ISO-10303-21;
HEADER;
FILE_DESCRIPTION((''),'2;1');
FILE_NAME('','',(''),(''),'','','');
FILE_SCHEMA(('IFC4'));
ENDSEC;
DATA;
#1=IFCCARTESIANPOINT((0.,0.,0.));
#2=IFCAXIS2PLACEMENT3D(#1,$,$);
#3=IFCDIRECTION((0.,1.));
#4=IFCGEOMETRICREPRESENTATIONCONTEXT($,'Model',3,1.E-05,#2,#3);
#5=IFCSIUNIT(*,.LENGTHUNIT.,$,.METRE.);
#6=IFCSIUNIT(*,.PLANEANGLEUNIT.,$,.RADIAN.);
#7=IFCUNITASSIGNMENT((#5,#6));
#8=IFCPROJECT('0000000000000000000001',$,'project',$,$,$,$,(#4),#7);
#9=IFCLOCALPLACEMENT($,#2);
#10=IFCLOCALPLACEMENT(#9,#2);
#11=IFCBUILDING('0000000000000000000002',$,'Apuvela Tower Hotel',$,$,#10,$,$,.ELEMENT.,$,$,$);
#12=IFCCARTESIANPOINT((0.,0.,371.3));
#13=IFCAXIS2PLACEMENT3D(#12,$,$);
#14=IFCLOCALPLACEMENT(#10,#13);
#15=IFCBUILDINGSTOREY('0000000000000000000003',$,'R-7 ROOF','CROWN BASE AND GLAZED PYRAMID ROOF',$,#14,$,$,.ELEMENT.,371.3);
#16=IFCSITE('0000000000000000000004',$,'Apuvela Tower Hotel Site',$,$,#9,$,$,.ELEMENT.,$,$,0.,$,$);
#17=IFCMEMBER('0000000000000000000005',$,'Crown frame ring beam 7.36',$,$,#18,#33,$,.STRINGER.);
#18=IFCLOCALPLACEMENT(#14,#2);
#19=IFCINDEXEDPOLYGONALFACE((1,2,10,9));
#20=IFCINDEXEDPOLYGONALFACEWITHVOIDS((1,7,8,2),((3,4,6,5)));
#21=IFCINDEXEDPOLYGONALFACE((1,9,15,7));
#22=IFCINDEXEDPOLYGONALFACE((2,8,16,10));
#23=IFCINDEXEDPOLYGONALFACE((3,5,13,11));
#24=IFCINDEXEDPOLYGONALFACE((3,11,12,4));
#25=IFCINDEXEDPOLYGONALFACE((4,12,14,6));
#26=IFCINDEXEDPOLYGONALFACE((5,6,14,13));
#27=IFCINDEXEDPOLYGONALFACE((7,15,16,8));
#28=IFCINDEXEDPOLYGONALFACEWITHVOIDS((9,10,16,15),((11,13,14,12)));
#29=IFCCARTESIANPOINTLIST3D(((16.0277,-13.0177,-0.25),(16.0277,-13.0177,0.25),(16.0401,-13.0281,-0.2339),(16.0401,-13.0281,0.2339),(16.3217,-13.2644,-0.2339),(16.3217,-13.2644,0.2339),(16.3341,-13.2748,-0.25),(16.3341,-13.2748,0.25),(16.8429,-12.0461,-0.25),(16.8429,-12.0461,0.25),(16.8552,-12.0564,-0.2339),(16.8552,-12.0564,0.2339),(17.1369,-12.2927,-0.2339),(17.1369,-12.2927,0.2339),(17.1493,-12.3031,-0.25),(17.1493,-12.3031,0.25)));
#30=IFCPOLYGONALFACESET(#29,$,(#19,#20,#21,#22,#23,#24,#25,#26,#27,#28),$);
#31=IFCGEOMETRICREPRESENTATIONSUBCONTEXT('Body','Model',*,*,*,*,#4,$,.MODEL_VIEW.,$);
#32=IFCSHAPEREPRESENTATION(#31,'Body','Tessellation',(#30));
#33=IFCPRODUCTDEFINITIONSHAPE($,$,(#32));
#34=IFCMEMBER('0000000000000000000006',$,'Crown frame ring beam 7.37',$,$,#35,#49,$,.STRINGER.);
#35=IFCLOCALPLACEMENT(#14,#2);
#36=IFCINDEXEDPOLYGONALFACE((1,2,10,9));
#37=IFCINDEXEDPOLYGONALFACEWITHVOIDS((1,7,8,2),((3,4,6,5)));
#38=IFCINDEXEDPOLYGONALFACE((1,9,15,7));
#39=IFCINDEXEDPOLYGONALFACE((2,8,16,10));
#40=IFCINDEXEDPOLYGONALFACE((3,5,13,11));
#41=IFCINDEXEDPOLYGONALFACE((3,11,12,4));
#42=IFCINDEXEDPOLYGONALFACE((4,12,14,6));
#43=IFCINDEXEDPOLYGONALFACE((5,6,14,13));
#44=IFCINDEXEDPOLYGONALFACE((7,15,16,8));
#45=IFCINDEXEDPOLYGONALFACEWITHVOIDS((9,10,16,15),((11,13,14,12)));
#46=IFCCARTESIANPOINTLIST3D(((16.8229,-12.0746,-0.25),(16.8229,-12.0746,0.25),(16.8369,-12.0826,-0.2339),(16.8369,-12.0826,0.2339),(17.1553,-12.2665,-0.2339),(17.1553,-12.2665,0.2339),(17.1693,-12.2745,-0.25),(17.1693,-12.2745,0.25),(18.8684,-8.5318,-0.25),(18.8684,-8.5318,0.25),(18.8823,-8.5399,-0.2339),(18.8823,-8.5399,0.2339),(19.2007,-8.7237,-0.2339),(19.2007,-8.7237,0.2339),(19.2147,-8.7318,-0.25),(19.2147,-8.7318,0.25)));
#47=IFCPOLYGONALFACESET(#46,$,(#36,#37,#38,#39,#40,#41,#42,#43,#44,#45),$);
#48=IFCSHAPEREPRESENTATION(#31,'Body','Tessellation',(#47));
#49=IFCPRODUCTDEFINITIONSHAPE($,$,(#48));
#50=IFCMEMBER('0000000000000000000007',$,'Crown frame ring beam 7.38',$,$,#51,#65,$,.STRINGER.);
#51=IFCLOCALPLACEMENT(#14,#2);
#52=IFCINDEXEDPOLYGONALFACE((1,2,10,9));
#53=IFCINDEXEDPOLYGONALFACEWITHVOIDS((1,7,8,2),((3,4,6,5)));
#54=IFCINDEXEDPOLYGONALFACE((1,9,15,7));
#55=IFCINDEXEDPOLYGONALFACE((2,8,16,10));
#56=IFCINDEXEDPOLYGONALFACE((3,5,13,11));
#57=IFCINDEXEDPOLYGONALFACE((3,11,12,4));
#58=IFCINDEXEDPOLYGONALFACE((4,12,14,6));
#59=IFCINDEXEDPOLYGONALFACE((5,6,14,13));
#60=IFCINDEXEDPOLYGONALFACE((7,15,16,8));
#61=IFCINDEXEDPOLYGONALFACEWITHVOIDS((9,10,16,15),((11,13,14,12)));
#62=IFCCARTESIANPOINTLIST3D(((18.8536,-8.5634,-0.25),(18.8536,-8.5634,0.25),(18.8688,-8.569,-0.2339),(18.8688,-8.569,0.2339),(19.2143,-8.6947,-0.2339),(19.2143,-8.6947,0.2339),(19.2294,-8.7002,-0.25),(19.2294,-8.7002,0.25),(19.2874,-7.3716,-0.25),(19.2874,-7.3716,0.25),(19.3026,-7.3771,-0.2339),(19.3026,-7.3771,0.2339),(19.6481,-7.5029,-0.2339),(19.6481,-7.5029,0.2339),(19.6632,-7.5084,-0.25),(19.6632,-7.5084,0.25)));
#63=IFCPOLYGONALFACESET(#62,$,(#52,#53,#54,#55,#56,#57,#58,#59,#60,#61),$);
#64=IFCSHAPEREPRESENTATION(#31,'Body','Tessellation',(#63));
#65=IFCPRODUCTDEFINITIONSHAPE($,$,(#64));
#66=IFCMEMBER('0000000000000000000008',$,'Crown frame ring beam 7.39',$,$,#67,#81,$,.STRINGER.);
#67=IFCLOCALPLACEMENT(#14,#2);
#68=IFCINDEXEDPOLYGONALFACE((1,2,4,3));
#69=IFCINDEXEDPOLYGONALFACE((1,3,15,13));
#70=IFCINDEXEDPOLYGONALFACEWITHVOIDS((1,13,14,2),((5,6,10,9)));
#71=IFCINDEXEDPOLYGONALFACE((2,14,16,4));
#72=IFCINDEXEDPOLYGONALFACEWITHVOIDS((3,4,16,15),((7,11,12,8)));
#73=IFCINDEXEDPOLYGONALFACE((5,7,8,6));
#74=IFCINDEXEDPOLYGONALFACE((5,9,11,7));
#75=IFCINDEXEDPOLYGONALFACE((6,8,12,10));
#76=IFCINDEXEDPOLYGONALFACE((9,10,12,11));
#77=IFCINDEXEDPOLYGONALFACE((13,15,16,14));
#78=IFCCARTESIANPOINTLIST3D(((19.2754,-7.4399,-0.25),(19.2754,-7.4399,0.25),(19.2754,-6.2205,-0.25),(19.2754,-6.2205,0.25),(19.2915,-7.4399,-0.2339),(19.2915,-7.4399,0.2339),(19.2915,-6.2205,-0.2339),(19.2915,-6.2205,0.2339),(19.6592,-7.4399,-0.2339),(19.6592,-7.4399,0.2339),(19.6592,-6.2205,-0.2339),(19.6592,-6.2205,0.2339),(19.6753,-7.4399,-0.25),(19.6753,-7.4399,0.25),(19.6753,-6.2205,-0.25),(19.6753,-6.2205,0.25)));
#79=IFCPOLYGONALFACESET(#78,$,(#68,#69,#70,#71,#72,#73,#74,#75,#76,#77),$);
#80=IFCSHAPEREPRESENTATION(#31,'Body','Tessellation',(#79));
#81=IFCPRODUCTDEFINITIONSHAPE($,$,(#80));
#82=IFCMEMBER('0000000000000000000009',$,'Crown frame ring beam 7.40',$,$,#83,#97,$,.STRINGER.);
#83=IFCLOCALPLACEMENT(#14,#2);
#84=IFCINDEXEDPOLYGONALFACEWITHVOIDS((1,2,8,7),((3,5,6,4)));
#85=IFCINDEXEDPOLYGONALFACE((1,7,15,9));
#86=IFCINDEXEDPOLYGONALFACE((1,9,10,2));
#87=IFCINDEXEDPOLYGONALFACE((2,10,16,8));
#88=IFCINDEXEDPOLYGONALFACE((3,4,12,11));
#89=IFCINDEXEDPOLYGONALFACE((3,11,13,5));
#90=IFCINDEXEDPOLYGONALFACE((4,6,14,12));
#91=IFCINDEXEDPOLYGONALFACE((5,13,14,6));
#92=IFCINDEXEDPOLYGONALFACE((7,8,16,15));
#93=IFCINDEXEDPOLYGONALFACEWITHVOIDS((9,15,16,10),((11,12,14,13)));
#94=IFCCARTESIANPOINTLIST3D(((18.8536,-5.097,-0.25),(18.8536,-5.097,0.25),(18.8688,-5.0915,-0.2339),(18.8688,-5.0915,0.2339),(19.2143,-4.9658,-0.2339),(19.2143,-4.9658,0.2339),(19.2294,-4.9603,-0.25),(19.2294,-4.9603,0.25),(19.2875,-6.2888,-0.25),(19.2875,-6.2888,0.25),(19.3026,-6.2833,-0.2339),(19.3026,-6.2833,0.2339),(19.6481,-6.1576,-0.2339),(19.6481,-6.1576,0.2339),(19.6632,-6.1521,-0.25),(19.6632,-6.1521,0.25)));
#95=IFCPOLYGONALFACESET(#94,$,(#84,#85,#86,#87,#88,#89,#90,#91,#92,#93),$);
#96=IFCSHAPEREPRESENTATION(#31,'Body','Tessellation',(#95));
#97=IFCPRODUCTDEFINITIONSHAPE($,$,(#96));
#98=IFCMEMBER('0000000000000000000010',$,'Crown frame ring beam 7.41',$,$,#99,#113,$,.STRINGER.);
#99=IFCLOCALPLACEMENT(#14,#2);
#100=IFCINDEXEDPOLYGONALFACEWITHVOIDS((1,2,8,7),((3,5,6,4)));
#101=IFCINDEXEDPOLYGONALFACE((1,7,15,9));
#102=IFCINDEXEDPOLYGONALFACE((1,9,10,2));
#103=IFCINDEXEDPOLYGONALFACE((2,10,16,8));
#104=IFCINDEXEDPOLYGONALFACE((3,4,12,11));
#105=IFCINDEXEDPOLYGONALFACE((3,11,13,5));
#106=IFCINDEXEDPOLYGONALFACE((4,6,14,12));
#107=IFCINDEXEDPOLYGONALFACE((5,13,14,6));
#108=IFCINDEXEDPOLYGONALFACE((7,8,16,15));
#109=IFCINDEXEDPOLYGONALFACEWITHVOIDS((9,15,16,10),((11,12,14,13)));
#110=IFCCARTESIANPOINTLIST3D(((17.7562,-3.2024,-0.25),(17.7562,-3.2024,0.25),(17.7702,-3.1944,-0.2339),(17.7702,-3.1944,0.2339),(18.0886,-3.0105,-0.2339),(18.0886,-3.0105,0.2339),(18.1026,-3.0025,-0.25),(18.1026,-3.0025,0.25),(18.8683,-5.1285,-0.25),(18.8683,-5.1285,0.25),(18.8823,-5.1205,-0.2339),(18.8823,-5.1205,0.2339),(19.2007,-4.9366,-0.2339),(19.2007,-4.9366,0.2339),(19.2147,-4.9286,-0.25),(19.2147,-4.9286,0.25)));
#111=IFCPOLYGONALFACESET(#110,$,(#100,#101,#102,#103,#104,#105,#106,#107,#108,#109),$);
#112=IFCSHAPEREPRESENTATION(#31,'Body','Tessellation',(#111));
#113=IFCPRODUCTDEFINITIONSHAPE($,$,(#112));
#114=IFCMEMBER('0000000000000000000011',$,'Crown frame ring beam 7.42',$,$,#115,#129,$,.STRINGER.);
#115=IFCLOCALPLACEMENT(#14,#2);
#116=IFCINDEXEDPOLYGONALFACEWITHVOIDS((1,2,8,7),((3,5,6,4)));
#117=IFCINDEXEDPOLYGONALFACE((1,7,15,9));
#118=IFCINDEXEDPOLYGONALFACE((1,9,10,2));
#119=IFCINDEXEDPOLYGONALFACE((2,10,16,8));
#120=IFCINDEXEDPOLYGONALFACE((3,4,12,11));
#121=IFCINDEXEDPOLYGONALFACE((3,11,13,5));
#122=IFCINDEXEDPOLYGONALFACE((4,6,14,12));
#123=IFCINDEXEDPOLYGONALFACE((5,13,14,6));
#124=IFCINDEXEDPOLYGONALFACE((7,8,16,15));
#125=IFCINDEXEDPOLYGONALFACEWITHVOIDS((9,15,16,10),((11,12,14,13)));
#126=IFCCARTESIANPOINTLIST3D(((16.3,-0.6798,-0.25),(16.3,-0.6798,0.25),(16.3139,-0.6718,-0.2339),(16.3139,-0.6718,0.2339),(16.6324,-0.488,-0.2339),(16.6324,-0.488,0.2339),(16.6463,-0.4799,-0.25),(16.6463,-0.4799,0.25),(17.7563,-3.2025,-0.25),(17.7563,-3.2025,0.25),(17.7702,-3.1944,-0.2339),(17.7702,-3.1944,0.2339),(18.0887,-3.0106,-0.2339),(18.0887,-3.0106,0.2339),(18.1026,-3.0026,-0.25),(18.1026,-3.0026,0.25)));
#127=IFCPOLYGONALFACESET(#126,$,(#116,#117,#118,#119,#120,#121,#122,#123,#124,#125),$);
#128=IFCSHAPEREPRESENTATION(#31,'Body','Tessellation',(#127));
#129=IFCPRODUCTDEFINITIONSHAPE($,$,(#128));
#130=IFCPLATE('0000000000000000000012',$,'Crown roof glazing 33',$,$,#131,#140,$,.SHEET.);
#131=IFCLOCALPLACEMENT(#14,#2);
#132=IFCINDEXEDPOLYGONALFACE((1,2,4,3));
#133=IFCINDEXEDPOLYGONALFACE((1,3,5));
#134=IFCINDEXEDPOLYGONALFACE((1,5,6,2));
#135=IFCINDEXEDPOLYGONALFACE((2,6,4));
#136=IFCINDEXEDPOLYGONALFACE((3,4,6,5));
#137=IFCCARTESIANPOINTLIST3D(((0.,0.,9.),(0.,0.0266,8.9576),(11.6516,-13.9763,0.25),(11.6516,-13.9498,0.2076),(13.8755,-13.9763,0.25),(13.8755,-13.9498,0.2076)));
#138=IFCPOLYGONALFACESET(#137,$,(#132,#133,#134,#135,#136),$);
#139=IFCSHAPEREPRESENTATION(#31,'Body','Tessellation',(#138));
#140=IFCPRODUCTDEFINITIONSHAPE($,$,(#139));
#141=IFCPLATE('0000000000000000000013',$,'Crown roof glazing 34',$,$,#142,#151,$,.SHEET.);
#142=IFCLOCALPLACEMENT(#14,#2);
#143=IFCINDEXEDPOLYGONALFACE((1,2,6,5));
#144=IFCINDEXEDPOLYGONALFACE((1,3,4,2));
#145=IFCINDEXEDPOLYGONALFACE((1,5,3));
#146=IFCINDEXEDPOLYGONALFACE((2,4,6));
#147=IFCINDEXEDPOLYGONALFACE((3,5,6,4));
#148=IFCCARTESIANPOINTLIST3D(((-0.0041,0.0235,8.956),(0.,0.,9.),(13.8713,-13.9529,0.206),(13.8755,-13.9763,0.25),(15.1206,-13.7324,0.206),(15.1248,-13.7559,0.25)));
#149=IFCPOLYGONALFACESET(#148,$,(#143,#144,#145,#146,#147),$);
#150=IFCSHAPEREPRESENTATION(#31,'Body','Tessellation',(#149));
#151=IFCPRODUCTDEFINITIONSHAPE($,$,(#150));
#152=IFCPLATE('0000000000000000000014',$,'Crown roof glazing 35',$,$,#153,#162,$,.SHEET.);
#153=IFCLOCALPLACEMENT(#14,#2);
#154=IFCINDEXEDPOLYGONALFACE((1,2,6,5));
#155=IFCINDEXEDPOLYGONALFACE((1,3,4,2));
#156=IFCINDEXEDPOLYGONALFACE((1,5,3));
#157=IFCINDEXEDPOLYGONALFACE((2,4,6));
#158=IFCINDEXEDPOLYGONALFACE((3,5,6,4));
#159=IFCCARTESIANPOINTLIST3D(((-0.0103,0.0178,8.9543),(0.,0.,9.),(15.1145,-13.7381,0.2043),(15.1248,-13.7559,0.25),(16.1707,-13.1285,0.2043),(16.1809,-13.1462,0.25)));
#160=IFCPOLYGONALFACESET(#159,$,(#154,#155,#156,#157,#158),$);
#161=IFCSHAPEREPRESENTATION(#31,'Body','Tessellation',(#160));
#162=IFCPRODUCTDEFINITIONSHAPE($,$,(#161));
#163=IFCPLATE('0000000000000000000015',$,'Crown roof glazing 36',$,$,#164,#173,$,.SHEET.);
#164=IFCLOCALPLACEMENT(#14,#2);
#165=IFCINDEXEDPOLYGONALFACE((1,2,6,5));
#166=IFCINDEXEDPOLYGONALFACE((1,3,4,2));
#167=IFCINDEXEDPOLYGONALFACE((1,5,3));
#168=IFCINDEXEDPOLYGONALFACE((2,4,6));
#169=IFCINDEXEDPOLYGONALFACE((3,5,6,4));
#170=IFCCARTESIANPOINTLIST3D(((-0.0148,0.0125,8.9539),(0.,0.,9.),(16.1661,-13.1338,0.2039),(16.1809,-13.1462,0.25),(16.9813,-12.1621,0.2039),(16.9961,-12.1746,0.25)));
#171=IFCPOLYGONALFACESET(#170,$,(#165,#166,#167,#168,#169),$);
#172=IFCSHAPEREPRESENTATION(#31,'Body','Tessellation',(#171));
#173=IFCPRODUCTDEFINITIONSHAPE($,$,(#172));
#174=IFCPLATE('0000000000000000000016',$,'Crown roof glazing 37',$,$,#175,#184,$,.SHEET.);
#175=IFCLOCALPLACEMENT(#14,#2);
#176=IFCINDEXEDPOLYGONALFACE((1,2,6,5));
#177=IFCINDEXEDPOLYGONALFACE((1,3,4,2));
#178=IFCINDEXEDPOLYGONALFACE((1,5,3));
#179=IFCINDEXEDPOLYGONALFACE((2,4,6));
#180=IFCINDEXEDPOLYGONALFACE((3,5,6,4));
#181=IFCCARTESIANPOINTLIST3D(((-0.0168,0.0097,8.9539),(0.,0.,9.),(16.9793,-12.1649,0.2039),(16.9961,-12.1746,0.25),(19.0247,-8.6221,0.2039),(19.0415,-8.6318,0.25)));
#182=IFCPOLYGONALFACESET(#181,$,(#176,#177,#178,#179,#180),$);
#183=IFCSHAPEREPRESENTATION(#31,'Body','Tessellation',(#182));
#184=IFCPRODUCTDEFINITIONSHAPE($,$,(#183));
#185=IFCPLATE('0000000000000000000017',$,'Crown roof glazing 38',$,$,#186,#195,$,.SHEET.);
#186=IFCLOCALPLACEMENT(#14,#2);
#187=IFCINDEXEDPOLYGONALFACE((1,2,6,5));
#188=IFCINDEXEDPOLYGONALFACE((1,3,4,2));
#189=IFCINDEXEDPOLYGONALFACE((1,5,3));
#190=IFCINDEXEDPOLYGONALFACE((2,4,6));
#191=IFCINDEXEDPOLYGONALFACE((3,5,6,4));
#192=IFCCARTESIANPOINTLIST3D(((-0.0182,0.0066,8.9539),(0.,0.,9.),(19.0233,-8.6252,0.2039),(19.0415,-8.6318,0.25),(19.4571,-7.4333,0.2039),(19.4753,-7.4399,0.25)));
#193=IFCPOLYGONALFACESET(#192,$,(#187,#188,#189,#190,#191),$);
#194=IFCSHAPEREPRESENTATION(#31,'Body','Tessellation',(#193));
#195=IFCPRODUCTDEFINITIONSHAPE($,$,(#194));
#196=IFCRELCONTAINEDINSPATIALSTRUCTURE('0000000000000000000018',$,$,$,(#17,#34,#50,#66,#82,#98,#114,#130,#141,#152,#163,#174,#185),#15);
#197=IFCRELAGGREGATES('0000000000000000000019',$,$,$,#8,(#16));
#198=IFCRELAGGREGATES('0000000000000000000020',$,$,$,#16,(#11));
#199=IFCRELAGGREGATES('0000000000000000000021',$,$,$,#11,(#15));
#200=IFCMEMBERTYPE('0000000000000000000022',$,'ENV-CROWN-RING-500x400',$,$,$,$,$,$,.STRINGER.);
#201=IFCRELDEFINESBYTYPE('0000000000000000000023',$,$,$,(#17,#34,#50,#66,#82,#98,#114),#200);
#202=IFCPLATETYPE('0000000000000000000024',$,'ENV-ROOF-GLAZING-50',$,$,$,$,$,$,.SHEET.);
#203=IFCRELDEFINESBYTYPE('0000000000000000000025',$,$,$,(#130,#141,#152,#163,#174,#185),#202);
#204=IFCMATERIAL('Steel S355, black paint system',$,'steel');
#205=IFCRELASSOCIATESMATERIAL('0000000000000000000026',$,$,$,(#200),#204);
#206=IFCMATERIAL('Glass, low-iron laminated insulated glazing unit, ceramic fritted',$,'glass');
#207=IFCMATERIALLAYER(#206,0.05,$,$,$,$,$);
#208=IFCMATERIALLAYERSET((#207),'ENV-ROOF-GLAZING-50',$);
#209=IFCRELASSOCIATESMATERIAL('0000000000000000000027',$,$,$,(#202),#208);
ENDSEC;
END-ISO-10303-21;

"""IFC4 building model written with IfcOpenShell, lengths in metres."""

from ifc_helpers import new_model, si_unit, direction, frame, origin, origin_2d, place, context, subcontext, project, spatial, polyline, hollow_rectangle, outline, extrude, material, layer, layer_set, material_profile, profile_set, type_object, element, save


model = new_model("IFC4")

# Units and contexts
model_context = context("Model", 3, precision=1e-05, world=origin(), true_north=direction((0.0, 1.0)))
body_context = subcontext(model_context, "Body", "Model", "MODEL_VIEW")
ifc_project = project(units=[si_unit("LENGTHUNIT", "METRE"), si_unit("PLANEANGLEUNIT", "RADIAN")], contexts=[model_context])

# Site, building, storey
site_placement = place(None, origin())
site = spatial("IfcSite", under=ifc_project, at=site_placement, Name="Apuvela Tower Hotel Site", CompositionType="ELEMENT", RefElevation=0.0)
building_placement = place(site_placement, origin())
building = spatial("IfcBuilding", under=site, at=building_placement, Name="Apuvela Tower Hotel", CompositionType="ELEMENT")
storey_placement = place(building_placement, frame((0.0, 0.0, 371.3)))
storey = spatial("IfcBuildingStorey", under=building, at=storey_placement, Name="R-7 ROOF", Description="CROWN BASE AND GLAZED PYRAMID ROOF", CompositionType="ELEMENT", Elevation=371.3)

# Members
ifc_material_1 = material(Name="Steel S355, black paint system", Category="steel")
ifc_material_profile_1 = material_profile(ifc_material_1, hollow_rectangle(XDim=0.3999, YDim=0.5, WallThickness=0.0161, at=origin_2d()), Name="HSS 500x400x16")
ifc_profile_set_1 = profile_set([ifc_material_profile_1], Name="Steel S355, black paint system")
member_type_1 = type_object("IfcMemberType", Name="ENV-CROWN-RING-500x400", PredefinedType="STRINGER", material=ifc_profile_set_1)
member_1_placement = place(storey_placement, frame((16.1809, -13.1462, 0.0), z_axis=(0.642718, 0.766103, 0.0), x_axis=(-0.766103, 0.642718, 0.0)))
element("IfcMember", 1, at=member_1_placement, inside=storey, type_object=member_type_1, Name="Crown frame ring beam 7.36", PredefinedType="STRINGER", context=body_context, shape_type="SweptSolid", body=[
    extrude(hollow_rectangle(XDim=0.3999, YDim=0.5, WallThickness=0.0161, at=origin_2d()), origin(), (0.0, 0.0, 1.0), 1.2683),
])
member_2_placement = place(storey_placement, frame((16.9961, -12.1746, 0.0), z_axis=(0.500003, 0.866024, 0.0), x_axis=(-0.866024, 0.500003, 0.0)))
element("IfcMember", 2, at=member_2_placement, inside=storey, type_object=member_type_1, Name="Crown frame ring beam 7.37", PredefinedType="STRINGER", context=body_context, shape_type="SweptSolid", body=[
    extrude(hollow_rectangle(XDim=0.3999, YDim=0.5, WallThickness=0.0161, at=origin_2d()), origin(), (0.0, 0.0, 1.0), 4.0908),
])
member_3_placement = place(storey_placement, frame((19.0415, -8.6318, 0.0), z_axis=(0.342037, 0.939687, 0.0), x_axis=(-0.939687, 0.342037, 0.0)))
element("IfcMember", 3, at=member_3_placement, inside=storey, type_object=member_type_1, Name="Crown frame ring beam 7.38", PredefinedType="STRINGER", context=body_context, shape_type="SweptSolid", body=[
    extrude(hollow_rectangle(XDim=0.3999, YDim=0.5, WallThickness=0.0161, at=origin_2d()), origin(), (0.0, 0.0, 1.0), 1.2683),
])
member_4_placement = place(storey_placement, frame((19.4753, -7.4399, 0.0), z_axis=(0.0, 1.0, 0.0), x_axis=(-1.0, 0.0, 0.0)))
element("IfcMember", 4, at=member_4_placement, inside=storey, type_object=member_type_1, Name="Crown frame ring beam 7.39", PredefinedType="STRINGER", context=body_context, shape_type="SweptSolid", body=[
    extrude(hollow_rectangle(XDim=0.3999, YDim=0.5, WallThickness=0.0161, at=origin_2d()), origin(), (0.0, 0.0, 1.0), 1.2195),
])
member_5_placement = place(storey_placement, frame((19.4753, -6.2205, 0.0), z_axis=(-0.342037, 0.939687, 0.0), x_axis=(-0.939687, -0.342037, 0.0)))
element("IfcMember", 5, at=member_5_placement, inside=storey, type_object=member_type_1, Name="Crown frame ring beam 7.40", PredefinedType="STRINGER", context=body_context, shape_type="SweptSolid", body=[
    extrude(hollow_rectangle(XDim=0.3999, YDim=0.5, WallThickness=0.0161, at=origin_2d()), origin(), (0.0, 0.0, 1.0), 1.2683),
])
member_6_placement = place(storey_placement, frame((19.0415, -5.0286, 0.0), z_axis=(-0.500023, 0.866012, 0.0), x_axis=(-0.866012, -0.500023, 0.0)))
element("IfcMember", 6, at=member_6_placement, inside=storey, type_object=member_type_1, Name="Crown frame ring beam 7.41", PredefinedType="STRINGER", context=body_context, shape_type="SweptSolid", body=[
    extrude(hollow_rectangle(XDim=0.3999, YDim=0.5, WallThickness=0.0161, at=origin_2d()), origin(), (0.0, 0.0, 1.0), 2.2241),
])
member_7_placement = place(storey_placement, frame((17.9294, -3.1025, 0.0), z_axis=(-0.499952, 0.866053, 0.0), x_axis=(-0.866053, -0.499952, 0.0)))
element("IfcMember", 7, at=member_7_placement, inside=storey, type_object=member_type_1, Name="Crown frame ring beam 7.42", PredefinedType="STRINGER", context=body_context, shape_type="SweptSolid", body=[
    extrude(hollow_rectangle(XDim=0.3999, YDim=0.5, WallThickness=0.0161, at=origin_2d()), origin(), (0.0, 0.0, 1.0), 2.9128),
])

# Plates
ifc_material_2 = material(Name="Glass, low-iron laminated insulated glazing unit, ceramic fritted", Category="glass")
ifc_layer = layer(ifc_material_2, 0.05)
ifc_layer_set = layer_set([ifc_layer], Name="ENV-ROOF-GLAZING-50")
plate_type = type_object("IfcPlateType", Name="ENV-ROOF-GLAZING-50", PredefinedType="SHEET", material=ifc_layer_set)
plate_1_placement = place(storey_placement, frame((11.6516, -13.9763, 0.25), z_axis=(0.0, -0.530644, 0.847595), x_axis=(1.0, 0.0, 0.0)))
element("IfcPlate", 8, at=plate_1_placement, inside=storey, type_object=plate_type, Name="Crown roof glazing 33", PredefinedType="SHEET", context=body_context, shape_type="SweptSolid", body=[
    extrude(outline(polyline([(0.0, 0.0), (2.2239, 0.0), (-11.6516, 16.4894), (0.0, 0.0)])), origin(), (0.0, 0.0, -1.0), 0.05),
])
plate_2_placement = place(storey_placement, frame((13.8755, -13.9763, 0.25), z_axis=(0.082687, -0.468561, 0.879553), x_axis=(0.984784, 0.173785, 0.0)))
element("IfcPlate", 9, at=plate_2_placement, inside=storey, type_object=plate_type, Name="Crown roof glazing 34", PredefinedType="SHEET", context=body_context, shape_type="SweptSolid", body=[
    extrude(outline(polyline([(0.0, 0.0), (1.2686, 0.0), (-11.2355, 18.39), (0.0, 0.0)])), origin(), (0.0, 0.0, -1.0), 0.05),
])
plate_3_placement = place(storey_placement, frame((15.1248, -13.7559, 0.25), z_axis=(0.20488, -0.35495, 0.912159), x_axis=(0.866079, 0.499907, 0.0)))
element("IfcPlate", 10, at=plate_3_placement, inside=storey, type_object=plate_type, Name="Crown roof glazing 35", PredefinedType="SHEET", context=body_context, shape_type="SweptSolid", body=[
    extrude(outline(polyline([(0.0, 0.0), (1.2195, 0.0), (-6.2226, 21.35), (0.0, 0.0)])), origin(), (0.0, 0.0, -1.0), 0.05),
])
plate_4_placement = place(storey_placement, frame((16.1809, -13.1462, 0.25), z_axis=(0.296512, -0.248757, 0.922063), x_axis=(0.642718, 0.766103, 0.0)))
element("IfcPlate", 11, at=plate_4_placement, inside=storey, type_object=plate_type, Name="Crown roof glazing 36", PredefinedType="SHEET", context=body_context, shape_type="SweptSolid", body=[
    extrude(outline(polyline([(0.0, 0.0), (1.2683, 0.0), (-0.3284, 22.6075), (0.0, 0.0)])), origin(), (0.0, 0.0, -1.0), 0.05),
])
plate_5_placement = place(storey_placement, frame((16.9961, -12.1746, 0.25), z_axis=(0.335722, -0.193831, 0.921803), x_axis=(0.500003, 0.866024, 0.0)))
element("IfcPlate", 12, at=plate_5_placement, inside=storey, type_object=plate_type, Name="Crown roof glazing 37", PredefinedType="SHEET", context=body_context, shape_type="SweptSolid", body=[
    extrude(outline(polyline([(0.0, 0.0), (4.0908, 0.0), (2.0454, 22.5714), (0.0, 0.0)])), origin(), (0.0, 0.0, -1.0), 0.05),
])
plate_6_placement = place(storey_placement, frame((19.0415, -8.6318, 0.25), z_axis=(0.363697, -0.132382, 0.922062), x_axis=(0.342037, 0.939687, 0.0)))
element("IfcPlate", 13, at=plate_6_placement, inside=storey, type_object=plate_type, Name="Crown roof glazing 38", PredefinedType="SHEET", context=body_context, shape_type="SweptSolid", body=[
    extrude(outline(polyline([(0.0, 0.0), (1.2684, 0.0), (1.5983, 22.6074), (0.0, 0.0)])), origin(), (0.0, 0.0, -1.0), 0.05),
])

save(model, "model.ifc")
